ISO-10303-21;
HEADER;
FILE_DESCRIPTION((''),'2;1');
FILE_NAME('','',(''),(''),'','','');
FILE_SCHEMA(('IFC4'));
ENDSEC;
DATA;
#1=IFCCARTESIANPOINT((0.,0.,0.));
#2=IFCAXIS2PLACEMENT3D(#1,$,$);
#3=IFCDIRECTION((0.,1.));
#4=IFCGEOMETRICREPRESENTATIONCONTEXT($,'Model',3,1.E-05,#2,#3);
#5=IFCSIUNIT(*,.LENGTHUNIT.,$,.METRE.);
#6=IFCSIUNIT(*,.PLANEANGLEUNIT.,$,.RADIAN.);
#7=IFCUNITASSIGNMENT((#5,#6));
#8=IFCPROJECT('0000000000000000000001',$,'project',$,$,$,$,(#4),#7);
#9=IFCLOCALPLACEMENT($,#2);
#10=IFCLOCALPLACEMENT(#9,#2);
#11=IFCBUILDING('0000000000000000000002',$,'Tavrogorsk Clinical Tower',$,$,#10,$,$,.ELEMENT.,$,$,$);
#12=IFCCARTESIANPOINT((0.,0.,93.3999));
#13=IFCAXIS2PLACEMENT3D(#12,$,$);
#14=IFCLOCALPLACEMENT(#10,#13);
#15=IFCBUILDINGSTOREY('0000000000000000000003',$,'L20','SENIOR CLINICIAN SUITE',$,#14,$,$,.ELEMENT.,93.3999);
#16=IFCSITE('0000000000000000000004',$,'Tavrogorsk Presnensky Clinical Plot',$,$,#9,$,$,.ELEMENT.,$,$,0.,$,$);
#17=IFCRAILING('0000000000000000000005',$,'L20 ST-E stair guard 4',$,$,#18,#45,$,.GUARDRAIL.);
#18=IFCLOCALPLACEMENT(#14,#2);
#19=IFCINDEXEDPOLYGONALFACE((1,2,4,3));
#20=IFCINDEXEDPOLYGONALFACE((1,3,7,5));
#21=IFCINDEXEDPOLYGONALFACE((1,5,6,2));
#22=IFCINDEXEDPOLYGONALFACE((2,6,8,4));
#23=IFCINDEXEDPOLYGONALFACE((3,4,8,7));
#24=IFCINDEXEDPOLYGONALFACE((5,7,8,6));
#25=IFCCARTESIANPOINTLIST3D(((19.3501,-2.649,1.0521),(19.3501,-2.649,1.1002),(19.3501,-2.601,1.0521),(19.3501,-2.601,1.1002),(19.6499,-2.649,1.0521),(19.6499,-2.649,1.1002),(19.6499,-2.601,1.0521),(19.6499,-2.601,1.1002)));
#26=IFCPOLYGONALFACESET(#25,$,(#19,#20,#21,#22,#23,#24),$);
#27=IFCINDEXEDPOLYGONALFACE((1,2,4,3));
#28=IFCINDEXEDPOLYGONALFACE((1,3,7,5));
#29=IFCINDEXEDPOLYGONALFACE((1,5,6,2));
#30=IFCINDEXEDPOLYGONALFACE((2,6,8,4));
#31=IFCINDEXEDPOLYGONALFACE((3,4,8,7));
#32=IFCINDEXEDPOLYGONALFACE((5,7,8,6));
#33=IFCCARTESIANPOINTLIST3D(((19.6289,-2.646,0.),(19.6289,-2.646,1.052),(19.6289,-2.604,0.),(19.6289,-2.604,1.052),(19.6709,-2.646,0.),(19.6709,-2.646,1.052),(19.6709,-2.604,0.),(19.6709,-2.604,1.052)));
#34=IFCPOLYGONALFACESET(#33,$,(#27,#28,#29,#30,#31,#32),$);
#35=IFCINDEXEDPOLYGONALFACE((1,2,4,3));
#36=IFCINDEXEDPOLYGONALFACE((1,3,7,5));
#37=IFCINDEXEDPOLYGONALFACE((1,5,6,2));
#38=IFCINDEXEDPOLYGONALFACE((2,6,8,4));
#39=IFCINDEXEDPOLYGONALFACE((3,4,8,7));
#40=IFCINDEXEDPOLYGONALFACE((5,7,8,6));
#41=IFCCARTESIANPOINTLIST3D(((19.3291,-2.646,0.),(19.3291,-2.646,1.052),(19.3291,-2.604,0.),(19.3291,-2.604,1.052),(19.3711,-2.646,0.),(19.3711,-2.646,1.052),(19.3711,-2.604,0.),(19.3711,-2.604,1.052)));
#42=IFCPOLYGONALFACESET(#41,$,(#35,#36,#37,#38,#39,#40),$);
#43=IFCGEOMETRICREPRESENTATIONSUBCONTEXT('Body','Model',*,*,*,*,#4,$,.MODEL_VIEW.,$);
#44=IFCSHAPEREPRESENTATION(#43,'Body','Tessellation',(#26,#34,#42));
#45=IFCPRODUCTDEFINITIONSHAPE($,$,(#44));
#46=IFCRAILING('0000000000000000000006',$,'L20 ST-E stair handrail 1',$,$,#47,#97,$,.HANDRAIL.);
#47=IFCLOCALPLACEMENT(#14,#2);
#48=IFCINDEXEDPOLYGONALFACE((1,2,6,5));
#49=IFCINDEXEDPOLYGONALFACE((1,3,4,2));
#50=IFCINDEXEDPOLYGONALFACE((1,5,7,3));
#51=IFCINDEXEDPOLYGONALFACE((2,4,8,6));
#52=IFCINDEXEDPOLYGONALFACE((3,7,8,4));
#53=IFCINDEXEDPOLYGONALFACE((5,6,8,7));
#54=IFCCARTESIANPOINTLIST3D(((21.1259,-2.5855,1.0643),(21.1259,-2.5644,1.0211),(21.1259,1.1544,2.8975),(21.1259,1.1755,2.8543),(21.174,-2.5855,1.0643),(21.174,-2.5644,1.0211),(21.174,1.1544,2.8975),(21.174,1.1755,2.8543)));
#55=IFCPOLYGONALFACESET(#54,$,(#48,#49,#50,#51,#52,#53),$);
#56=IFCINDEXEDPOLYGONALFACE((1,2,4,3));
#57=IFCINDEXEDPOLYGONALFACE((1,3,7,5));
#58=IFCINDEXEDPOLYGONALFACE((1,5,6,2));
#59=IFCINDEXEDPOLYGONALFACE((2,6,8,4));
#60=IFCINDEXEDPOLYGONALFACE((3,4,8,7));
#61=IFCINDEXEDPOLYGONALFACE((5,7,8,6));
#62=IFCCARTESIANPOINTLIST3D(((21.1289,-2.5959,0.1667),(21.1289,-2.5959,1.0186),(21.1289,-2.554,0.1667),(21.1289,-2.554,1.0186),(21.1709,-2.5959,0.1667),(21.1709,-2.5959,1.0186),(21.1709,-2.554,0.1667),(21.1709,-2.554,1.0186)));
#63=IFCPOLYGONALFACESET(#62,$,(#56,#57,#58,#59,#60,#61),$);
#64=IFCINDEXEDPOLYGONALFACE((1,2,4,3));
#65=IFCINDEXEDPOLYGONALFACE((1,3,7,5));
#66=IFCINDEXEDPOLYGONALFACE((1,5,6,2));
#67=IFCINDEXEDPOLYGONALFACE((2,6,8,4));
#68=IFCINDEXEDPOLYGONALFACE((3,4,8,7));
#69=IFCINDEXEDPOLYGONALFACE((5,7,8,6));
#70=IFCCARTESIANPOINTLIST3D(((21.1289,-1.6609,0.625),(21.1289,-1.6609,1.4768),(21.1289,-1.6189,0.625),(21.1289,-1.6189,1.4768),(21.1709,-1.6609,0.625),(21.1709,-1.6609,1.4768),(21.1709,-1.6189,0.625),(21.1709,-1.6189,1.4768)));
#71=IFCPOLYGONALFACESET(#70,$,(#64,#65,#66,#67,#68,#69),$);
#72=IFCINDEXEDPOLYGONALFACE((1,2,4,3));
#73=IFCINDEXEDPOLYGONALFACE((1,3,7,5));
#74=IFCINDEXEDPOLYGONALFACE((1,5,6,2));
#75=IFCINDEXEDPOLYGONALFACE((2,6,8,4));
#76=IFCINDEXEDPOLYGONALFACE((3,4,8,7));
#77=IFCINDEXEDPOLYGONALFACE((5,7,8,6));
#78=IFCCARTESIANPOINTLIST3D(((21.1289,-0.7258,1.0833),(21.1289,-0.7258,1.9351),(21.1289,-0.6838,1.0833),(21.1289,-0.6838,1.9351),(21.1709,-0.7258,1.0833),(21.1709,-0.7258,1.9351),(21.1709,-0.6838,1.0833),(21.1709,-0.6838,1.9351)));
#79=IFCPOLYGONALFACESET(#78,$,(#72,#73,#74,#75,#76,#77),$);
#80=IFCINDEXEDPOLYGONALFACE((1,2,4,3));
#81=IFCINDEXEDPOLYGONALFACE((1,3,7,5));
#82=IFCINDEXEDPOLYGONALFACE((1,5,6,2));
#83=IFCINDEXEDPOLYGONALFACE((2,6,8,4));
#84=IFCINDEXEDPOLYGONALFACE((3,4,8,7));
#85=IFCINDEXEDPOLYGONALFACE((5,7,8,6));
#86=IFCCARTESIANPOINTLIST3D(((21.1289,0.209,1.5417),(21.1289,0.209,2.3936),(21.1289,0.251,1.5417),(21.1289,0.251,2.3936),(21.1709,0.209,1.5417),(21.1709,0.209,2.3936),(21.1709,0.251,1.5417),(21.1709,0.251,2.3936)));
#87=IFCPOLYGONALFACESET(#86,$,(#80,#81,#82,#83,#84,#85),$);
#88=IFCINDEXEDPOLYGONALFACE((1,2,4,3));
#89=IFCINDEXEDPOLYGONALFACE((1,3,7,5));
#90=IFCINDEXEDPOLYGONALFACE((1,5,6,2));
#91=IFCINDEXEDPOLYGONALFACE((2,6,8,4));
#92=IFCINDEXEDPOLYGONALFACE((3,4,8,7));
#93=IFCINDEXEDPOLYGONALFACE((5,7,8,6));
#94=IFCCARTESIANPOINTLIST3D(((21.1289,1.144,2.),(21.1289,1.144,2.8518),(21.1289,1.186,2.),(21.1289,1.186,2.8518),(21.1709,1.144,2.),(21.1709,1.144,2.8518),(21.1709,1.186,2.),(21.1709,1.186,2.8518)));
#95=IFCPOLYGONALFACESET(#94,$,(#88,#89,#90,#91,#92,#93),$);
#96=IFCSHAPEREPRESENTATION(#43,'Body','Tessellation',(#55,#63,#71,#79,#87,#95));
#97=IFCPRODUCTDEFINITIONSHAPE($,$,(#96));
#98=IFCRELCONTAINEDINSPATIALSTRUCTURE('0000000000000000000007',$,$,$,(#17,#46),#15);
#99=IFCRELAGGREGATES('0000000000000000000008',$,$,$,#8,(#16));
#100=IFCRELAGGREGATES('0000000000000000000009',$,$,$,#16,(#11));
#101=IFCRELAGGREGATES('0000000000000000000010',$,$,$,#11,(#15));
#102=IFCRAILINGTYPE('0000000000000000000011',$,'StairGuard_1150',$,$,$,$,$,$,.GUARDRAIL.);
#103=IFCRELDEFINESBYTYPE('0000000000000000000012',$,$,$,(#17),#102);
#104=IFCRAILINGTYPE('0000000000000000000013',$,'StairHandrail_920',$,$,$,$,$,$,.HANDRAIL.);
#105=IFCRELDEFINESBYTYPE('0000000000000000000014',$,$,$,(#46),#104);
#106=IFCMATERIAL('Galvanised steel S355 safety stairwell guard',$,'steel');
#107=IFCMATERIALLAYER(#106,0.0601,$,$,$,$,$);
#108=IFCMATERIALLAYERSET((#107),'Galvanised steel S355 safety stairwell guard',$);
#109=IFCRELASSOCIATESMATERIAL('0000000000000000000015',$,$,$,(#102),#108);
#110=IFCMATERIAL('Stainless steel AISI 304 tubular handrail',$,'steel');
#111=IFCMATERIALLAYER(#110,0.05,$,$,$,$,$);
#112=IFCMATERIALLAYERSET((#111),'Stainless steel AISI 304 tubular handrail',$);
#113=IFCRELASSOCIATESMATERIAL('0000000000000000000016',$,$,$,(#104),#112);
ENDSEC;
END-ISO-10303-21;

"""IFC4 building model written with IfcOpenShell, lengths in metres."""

from ifc_helpers import new_model, si_unit, direction, frame, origin, origin_2d, place, context, subcontext, project, spatial, rectangle, extrude, material, layer, layer_set, type_object, element, save


model = new_model("IFC4")

# Units and contexts
model_context = context("Model", 3, precision=1e-05, world=origin(), true_north=direction((0.0, 1.0)))
body_context = subcontext(model_context, "Body", "Model", "MODEL_VIEW")
ifc_project = project(units=[si_unit("LENGTHUNIT", "METRE"), si_unit("PLANEANGLEUNIT", "RADIAN")], contexts=[model_context])

# Site, building, storey
site_placement = place(None, origin())
site = spatial("IfcSite", under=ifc_project, at=site_placement, Name="Tavrogorsk Presnensky Clinical Plot", CompositionType="ELEMENT", RefElevation=0.0)
building_placement = place(site_placement, origin())
building = spatial("IfcBuilding", under=site, at=building_placement, Name="Tavrogorsk Clinical Tower", CompositionType="ELEMENT")
storey_placement = place(building_placement, frame((0.0, 0.0, 93.3999)))
storey = spatial("IfcBuildingStorey", under=building, at=storey_placement, Name="L20", Description="SENIOR CLINICIAN SUITE", CompositionType="ELEMENT", Elevation=93.3999)

# Railings
ifc_material_1 = material(Name="Galvanised steel S355 safety stairwell guard", Category="steel")
ifc_layer_1 = layer(ifc_material_1, 0.0601)
ifc_layer_set_1 = layer_set([ifc_layer_1], Name="Galvanised steel S355 safety stairwell guard")
railing_type_1 = type_object("IfcRailingType", Name="StairGuard_1150", PredefinedType="GUARDRAIL", material=ifc_layer_set_1)
railing_1_placement = place(storey_placement, frame((19.6499, -2.625, 0.0)))
element("IfcRailing", 1, at=railing_1_placement, inside=storey, type_object=railing_type_1, Name="L20 ST-E stair guard 4", PredefinedType="GUARDRAIL", context=body_context, shape_type="SweptSolid", body=[
    extrude(rectangle(XDim=0.0481, YDim=0.0481, at=origin_2d()), frame((0.0, 0.0, 1.0762), z_axis=(-1.0, 0.0, 0.0), x_axis=(0.0, -1.0, 0.0)), (0.0, 0.0, 1.0), 0.2998),
    extrude(rectangle(XDim=0.042, YDim=0.042, at=origin_2d()), origin(), (0.0, 0.0, 1.0), 1.052),
    extrude(rectangle(XDim=0.042, YDim=0.042, at=origin_2d()), frame((-0.2998, 0.0, 0.0)), (0.0, 0.0, 1.0), 1.052),
])
ifc_material_2 = material(Name="Stainless steel AISI 304 tubular handrail", Category="steel")
ifc_layer_2 = layer(ifc_material_2, 0.05)
ifc_layer_set_2 = layer_set([ifc_layer_2], Name="Stainless steel AISI 304 tubular handrail")
railing_type_2 = type_object("IfcRailingType", Name="StairHandrail_920", PredefinedType="HANDRAIL", material=ifc_layer_set_2)
railing_2_placement = place(storey_placement, frame((21.1499, -2.575, 0.1667)))
element("IfcRailing", 2, at=railing_2_placement, inside=storey, type_object=railing_type_2, Name="L20 ST-E stair handrail 1", PredefinedType="HANDRAIL", context=body_context, shape_type="SweptSolid", body=[
    extrude(rectangle(XDim=0.0481, YDim=0.0481, at=origin_2d()), frame((0.0, 0.0, 0.876), z_axis=(0.0, 0.897928, 0.440142), x_axis=(-1.0, 0.0, 0.0)), (0.0, 0.0, 1.0), 4.165),
    extrude(rectangle(XDim=0.042, YDim=0.042, at=origin_2d()), origin(), (0.0, 0.0, 1.0), 0.8518),
    extrude(rectangle(XDim=0.042, YDim=0.042, at=origin_2d()), frame((0.0, 0.9351, 0.4583)), (0.0, 0.0, 1.0), 0.8518),
    extrude(rectangle(XDim=0.042, YDim=0.042, at=origin_2d()), frame((0.0, 1.8701, 0.9165)), (0.0, 0.0, 1.0), 0.8518),
    extrude(rectangle(XDim=0.042, YDim=0.042, at=origin_2d()), frame((0.0, 2.8049, 1.375)), (0.0, 0.0, 1.0), 0.8518),
    extrude(rectangle(XDim=0.042, YDim=0.042, at=origin_2d()), frame((0.0, 3.74, 1.8333)), (0.0, 0.0, 1.0), 0.8518),
])

save(model, "model.ifc")
